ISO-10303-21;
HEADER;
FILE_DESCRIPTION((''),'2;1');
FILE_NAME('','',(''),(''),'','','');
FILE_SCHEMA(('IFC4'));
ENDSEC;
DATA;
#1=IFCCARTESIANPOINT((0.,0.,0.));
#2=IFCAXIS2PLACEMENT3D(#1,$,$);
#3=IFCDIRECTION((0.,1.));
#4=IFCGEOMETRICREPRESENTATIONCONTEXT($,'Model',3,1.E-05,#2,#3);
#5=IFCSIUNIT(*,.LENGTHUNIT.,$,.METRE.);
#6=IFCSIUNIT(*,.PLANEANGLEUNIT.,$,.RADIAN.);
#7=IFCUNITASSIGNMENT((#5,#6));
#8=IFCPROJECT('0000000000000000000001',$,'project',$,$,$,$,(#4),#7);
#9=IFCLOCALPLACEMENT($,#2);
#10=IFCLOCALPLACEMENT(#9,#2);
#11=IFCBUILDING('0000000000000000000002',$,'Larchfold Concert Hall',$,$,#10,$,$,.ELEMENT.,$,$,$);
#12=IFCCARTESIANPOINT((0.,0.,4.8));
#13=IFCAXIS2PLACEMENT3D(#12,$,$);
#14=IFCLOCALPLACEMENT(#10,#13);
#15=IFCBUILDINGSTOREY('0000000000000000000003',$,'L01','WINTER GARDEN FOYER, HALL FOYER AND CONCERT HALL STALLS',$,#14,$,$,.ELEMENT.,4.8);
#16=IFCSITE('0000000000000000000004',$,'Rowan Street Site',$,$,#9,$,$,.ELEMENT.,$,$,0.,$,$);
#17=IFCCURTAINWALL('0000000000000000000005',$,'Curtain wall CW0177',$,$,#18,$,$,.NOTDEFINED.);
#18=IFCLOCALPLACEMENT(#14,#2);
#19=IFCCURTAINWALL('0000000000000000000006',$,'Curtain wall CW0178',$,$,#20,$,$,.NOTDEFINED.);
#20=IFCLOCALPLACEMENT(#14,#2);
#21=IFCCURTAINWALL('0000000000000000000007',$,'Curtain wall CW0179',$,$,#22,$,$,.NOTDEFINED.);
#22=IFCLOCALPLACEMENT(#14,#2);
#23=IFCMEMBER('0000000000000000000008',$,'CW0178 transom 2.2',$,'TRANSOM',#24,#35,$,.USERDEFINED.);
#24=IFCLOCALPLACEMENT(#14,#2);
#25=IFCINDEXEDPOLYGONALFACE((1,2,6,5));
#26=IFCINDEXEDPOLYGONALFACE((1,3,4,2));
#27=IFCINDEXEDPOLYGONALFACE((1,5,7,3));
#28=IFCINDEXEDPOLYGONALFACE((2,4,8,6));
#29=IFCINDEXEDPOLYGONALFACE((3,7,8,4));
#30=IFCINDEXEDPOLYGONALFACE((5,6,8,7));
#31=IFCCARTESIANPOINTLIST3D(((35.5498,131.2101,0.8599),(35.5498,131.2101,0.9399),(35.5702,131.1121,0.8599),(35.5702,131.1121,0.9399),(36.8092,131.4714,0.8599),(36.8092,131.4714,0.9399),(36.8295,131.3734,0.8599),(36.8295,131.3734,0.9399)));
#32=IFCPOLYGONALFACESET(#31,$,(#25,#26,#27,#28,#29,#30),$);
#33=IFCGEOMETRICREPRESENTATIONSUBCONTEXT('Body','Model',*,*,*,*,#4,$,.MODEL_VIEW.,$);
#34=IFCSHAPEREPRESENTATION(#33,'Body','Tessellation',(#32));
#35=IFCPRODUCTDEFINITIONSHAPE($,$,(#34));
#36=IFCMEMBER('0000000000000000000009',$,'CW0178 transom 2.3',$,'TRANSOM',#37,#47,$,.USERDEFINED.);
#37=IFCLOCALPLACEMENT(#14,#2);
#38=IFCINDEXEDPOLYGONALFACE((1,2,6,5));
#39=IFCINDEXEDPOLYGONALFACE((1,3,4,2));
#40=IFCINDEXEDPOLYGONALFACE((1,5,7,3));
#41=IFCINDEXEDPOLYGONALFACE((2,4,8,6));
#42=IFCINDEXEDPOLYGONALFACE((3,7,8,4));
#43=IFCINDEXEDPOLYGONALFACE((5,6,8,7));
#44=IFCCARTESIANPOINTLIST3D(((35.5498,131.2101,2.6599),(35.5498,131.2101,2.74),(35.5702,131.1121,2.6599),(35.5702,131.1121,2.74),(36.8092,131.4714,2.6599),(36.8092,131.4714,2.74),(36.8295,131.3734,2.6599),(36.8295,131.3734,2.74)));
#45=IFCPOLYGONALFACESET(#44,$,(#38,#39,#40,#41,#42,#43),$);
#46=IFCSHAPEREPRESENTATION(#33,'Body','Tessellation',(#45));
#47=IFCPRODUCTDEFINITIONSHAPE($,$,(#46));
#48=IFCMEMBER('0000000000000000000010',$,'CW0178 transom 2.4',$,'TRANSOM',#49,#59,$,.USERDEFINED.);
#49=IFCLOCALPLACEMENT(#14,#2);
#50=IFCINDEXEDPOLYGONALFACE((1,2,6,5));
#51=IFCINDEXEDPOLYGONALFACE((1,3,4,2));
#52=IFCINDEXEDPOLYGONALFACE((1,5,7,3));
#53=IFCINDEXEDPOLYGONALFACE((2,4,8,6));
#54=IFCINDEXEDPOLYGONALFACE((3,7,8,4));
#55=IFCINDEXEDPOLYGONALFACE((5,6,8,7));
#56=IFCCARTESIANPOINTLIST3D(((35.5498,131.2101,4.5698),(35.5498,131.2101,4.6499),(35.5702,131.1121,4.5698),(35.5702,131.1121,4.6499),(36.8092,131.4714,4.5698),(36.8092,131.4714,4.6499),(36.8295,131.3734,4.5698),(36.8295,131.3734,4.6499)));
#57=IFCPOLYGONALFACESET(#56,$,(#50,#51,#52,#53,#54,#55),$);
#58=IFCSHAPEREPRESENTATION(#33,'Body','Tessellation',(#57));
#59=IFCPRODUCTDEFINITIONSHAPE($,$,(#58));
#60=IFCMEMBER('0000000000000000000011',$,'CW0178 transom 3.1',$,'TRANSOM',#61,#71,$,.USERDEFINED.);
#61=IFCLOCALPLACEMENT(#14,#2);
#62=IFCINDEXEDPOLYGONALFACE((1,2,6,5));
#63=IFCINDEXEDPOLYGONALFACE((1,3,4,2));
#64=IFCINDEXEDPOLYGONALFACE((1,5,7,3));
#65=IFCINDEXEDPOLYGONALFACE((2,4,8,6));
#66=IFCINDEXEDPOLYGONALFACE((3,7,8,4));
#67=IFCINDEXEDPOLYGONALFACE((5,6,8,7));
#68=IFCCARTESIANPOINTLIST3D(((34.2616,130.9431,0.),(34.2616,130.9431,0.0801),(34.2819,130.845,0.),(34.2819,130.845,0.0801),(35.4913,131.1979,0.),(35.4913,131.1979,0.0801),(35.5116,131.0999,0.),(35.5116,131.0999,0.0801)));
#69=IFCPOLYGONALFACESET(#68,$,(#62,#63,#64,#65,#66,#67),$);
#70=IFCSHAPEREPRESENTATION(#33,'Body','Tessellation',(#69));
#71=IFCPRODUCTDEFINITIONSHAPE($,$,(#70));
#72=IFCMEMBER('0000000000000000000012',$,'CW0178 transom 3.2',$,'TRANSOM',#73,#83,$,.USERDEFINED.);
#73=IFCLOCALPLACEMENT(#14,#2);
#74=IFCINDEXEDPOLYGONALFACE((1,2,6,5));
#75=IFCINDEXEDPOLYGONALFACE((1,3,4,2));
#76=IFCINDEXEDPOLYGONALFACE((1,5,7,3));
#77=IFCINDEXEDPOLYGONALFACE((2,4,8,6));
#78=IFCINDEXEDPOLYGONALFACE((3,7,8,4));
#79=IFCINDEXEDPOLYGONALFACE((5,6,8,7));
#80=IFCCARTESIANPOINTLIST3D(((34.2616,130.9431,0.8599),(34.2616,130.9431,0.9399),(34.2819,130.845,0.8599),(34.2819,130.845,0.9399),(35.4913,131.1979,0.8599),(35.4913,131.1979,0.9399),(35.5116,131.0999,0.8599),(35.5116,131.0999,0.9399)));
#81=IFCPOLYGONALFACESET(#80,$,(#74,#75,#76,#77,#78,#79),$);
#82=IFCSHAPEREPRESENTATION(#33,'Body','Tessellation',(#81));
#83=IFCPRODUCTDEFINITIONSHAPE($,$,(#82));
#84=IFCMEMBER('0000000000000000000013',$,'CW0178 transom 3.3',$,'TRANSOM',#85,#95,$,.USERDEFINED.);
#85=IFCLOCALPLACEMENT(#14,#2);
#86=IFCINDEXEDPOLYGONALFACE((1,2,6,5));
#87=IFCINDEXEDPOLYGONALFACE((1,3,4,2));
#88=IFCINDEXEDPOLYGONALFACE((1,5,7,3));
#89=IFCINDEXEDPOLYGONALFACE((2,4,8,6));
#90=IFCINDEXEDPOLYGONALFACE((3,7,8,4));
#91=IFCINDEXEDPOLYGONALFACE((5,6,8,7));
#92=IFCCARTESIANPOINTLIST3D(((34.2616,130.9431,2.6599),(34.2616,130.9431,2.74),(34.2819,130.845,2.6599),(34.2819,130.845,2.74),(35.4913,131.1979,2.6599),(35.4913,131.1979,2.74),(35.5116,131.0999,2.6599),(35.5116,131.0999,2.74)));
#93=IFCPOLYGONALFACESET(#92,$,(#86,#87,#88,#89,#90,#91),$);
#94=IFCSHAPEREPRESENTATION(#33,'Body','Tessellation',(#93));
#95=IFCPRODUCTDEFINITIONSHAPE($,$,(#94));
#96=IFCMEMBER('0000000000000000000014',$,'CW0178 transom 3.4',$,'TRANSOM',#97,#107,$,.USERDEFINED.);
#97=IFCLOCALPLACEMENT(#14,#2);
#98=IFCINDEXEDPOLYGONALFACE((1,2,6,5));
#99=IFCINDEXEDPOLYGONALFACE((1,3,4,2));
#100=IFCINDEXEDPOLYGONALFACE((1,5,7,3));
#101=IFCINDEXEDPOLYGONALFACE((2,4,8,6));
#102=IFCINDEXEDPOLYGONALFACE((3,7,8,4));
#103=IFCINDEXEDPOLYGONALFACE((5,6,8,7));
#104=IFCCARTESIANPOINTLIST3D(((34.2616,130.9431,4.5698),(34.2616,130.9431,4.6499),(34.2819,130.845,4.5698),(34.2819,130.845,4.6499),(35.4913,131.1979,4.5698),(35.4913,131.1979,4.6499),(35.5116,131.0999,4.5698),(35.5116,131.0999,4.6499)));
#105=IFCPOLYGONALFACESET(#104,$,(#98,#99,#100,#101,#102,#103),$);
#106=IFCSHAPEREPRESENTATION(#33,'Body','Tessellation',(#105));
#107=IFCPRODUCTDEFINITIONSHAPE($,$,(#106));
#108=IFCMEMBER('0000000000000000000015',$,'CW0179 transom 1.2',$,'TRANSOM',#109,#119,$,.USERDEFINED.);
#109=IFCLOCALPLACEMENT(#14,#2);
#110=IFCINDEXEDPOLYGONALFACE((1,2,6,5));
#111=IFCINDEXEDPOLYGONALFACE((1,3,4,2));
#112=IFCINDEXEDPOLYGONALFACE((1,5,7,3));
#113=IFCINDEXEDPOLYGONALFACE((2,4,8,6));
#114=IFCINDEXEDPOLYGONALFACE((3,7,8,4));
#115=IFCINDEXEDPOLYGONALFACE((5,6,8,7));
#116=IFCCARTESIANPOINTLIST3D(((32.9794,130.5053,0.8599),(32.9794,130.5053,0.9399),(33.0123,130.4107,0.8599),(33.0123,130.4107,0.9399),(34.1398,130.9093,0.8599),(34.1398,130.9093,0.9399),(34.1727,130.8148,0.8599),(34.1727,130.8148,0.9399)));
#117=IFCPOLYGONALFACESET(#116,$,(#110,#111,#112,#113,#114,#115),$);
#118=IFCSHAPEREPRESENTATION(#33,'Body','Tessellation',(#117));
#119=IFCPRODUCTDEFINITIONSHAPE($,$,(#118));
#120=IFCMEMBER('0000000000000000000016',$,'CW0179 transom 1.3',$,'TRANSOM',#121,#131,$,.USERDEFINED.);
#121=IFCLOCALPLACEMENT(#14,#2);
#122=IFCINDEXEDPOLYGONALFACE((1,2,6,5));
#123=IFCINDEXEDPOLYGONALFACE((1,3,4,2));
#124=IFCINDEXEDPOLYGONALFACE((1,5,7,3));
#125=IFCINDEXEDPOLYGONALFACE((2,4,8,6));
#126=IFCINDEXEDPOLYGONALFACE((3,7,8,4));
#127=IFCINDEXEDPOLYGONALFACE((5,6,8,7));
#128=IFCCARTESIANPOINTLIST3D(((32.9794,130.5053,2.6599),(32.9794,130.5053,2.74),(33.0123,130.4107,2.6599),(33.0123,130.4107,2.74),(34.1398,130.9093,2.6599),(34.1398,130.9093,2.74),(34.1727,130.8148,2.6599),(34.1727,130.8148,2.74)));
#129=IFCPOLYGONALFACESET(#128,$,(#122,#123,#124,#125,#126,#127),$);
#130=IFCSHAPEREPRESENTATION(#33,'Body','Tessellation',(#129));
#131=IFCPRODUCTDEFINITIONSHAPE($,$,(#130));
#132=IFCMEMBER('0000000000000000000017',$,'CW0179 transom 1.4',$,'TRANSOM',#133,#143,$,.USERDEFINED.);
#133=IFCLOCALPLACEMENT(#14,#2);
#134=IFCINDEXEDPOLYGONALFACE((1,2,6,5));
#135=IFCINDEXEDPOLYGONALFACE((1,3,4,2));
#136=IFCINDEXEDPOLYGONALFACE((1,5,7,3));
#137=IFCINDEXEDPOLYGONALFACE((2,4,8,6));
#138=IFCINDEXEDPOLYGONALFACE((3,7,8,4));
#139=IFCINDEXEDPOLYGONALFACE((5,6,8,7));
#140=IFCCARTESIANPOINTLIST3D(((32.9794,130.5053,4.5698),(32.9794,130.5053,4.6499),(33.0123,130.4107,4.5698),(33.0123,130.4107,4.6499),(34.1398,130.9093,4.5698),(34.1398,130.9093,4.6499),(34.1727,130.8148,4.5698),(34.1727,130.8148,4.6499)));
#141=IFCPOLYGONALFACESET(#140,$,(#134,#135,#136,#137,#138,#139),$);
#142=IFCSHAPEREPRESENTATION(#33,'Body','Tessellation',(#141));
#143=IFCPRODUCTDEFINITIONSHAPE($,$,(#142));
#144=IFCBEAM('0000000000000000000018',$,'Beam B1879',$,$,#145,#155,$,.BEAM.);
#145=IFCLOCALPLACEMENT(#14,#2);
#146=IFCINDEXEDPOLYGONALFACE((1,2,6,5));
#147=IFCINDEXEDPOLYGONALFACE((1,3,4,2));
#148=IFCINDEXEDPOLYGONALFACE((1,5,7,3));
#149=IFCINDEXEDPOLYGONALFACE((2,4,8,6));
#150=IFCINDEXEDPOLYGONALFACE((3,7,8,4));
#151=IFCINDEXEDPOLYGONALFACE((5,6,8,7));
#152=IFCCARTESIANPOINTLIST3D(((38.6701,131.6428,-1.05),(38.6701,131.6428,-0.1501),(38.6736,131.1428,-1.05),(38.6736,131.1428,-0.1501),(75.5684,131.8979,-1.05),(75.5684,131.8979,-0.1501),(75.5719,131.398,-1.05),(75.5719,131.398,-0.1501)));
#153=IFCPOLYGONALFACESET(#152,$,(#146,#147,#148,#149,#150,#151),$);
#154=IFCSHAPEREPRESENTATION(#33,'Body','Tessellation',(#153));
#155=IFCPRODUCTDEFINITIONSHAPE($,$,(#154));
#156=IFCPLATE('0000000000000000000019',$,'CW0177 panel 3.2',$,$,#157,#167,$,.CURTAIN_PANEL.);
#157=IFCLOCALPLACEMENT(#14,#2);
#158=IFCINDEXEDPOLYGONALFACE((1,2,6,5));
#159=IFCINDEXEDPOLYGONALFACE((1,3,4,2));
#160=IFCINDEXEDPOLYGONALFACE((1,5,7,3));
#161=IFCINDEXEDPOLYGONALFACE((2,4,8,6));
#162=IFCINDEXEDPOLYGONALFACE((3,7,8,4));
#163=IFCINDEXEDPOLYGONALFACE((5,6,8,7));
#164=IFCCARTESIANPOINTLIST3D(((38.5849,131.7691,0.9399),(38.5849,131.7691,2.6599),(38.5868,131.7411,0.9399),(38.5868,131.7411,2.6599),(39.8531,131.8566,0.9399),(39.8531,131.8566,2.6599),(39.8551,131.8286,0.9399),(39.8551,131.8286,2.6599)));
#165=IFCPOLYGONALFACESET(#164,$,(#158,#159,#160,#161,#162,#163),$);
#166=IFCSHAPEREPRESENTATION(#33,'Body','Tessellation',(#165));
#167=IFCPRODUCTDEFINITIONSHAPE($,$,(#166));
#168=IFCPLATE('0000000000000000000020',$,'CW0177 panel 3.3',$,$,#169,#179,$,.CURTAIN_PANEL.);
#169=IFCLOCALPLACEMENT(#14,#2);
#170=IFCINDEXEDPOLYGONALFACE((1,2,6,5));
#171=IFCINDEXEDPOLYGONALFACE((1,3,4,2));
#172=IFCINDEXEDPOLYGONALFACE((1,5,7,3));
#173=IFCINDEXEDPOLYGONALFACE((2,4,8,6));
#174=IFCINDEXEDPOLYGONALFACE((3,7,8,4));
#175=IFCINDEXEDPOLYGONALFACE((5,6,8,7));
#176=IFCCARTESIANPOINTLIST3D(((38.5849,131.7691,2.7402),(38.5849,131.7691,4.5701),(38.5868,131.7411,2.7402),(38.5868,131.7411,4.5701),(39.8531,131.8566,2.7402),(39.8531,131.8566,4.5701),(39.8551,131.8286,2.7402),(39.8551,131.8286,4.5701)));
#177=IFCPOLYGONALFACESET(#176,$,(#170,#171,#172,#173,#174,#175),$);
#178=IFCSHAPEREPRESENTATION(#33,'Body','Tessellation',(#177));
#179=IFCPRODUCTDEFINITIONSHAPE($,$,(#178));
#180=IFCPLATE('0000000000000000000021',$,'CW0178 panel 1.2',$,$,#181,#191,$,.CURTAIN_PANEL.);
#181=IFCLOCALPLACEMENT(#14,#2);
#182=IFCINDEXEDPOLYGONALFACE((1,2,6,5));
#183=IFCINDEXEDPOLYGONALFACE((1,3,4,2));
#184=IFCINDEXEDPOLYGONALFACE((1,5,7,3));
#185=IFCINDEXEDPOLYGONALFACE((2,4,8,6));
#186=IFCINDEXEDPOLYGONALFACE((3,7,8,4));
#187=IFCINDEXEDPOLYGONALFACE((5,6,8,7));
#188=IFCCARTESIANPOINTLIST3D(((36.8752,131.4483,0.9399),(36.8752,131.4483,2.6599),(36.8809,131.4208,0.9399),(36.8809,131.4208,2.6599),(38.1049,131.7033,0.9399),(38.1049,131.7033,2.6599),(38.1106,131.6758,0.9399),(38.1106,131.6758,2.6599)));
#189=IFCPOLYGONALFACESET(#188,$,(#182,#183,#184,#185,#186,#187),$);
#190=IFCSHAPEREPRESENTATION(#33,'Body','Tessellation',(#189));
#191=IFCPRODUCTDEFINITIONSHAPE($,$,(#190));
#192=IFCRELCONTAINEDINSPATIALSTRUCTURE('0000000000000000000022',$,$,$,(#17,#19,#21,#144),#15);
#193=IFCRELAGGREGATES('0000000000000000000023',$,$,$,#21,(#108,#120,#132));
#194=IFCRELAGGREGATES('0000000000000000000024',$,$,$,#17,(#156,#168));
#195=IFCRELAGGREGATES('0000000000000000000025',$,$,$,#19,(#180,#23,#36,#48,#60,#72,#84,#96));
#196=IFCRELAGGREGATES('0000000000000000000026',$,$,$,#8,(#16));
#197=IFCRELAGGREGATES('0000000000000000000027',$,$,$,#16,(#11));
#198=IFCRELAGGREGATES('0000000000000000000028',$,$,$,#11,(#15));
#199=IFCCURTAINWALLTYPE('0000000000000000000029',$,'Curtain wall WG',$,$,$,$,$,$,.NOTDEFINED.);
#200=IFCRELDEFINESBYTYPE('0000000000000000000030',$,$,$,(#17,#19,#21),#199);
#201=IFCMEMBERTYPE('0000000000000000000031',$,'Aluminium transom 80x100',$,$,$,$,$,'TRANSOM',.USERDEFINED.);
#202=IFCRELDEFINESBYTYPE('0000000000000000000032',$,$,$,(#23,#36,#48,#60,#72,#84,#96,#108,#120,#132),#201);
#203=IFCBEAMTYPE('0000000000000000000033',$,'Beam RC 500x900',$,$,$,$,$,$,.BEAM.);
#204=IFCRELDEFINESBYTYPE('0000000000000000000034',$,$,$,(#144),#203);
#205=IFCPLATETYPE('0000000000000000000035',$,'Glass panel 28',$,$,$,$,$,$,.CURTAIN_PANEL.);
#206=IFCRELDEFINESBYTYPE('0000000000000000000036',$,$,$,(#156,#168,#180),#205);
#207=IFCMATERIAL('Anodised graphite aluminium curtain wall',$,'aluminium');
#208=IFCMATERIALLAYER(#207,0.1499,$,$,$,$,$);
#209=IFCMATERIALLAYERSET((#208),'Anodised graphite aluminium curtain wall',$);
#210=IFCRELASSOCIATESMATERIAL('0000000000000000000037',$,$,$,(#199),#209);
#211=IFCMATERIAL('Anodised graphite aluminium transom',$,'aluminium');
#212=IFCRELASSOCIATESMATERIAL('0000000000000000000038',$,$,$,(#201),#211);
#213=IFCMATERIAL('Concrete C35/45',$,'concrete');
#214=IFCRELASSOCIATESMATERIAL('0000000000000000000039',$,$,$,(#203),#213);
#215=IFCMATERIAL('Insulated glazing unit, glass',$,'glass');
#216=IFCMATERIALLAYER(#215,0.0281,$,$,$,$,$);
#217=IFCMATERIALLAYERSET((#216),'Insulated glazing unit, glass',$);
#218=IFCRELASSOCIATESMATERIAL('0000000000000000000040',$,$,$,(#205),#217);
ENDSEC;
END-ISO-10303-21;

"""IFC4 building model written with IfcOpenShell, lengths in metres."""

from ifc_helpers import new_model, si_unit, direction, frame, origin, origin_2d, place, context, subcontext, project, spatial, rectangle, extrude, material, layer, layer_set, material_profile, profile_set, type_object, element, aggregate, save


model = new_model("IFC4")

# Units and contexts
model_context = context("Model", 3, precision=1e-05, world=origin(), true_north=direction((0.0, 1.0)))
body_context = subcontext(model_context, "Body", "Model", "MODEL_VIEW")
ifc_project = project(units=[si_unit("LENGTHUNIT", "METRE"), si_unit("PLANEANGLEUNIT", "RADIAN")], contexts=[model_context])

# Site, building, storey
site_placement = place(None, origin())
site = spatial("IfcSite", under=ifc_project, at=site_placement, Name="Rowan Street Site", CompositionType="ELEMENT", RefElevation=0.0)
building_placement = place(site_placement, origin())
building = spatial("IfcBuilding", under=site, at=building_placement, Name="Larchfold Concert Hall", CompositionType="ELEMENT")
storey_placement = place(building_placement, frame((0.0, 0.0, 4.8)))
storey = spatial("IfcBuildingStorey", under=building, at=storey_placement, Name="L01", Description="WINTER GARDEN FOYER, HALL FOYER AND CONCERT HALL STALLS", CompositionType="ELEMENT", Elevation=4.8)

# Curtain wall
ifc_material_1 = material(Name="Anodised graphite aluminium curtain wall", Category="aluminium")
ifc_layer_1 = layer(ifc_material_1, 0.1499)
ifc_layer_set_1 = layer_set([ifc_layer_1], Name="Anodised graphite aluminium curtain wall")
curtain_wall_type = type_object("IfcCurtainWallType", Name="Curtain wall WG", PredefinedType="NOTDEFINED", material=ifc_layer_set_1)
curtain_wall_1_placement = place(storey_placement, origin())
curtain_wall_1 = element("IfcCurtainWall", 1, at=curtain_wall_1_placement, inside=storey, type_object=curtain_wall_type, Name="Curtain wall CW0177", PredefinedType="NOTDEFINED")

# Curtain wall
curtain_wall_2_placement = place(storey_placement, origin())
curtain_wall_2 = element("IfcCurtainWall", 2, at=curtain_wall_2_placement, inside=storey, type_object=curtain_wall_type, Name="Curtain wall CW0178", PredefinedType="NOTDEFINED")

# Curtain wall
curtain_wall_3_placement = place(storey_placement, origin())
curtain_wall_3 = element("IfcCurtainWall", 3, at=curtain_wall_3_placement, inside=storey, type_object=curtain_wall_type, Name="Curtain wall CW0179", PredefinedType="NOTDEFINED")

# Members
ifc_material_2 = material(Name="Anodised graphite aluminium transom", Category="aluminium")
ifc_material_profile_1 = material_profile(ifc_material_2, rectangle(XDim=0.1001, YDim=0.0801, at=origin_2d()))
ifc_profile_set_1 = profile_set([ifc_material_profile_1], Name="Anodised graphite aluminium transom")
member_type_1 = type_object("IfcMemberType", Name="Aluminium transom 80x100", ElementType="TRANSOM", PredefinedType="USERDEFINED", material=ifc_profile_set_1)
member_1_placement = place(storey_placement, frame((36.8193, 131.4224, 0.8999), z_axis=(-0.979154, -0.20312, 0.0), x_axis=(0.20312, -0.979154, 0.0)))
member_1 = element("IfcMember", 4, at=member_1_placement, type_object=member_type_1, Name="CW0178 transom 2.2", ObjectType="TRANSOM", PredefinedType="USERDEFINED", context=body_context, shape_type="SweptSolid", body=[
    extrude(rectangle(XDim=0.1001, YDim=0.0801, at=origin_2d()), origin(), (0.0, 0.0, 1.0), 1.2861),
])
member_2_placement = place(storey_placement, frame((36.8193, 131.4224, 2.7), z_axis=(-0.979154, -0.20312, 0.0), x_axis=(0.20312, -0.979154, 0.0)))
member_2 = element("IfcMember", 5, at=member_2_placement, type_object=member_type_1, Name="CW0178 transom 2.3", ObjectType="TRANSOM", PredefinedType="USERDEFINED", context=body_context, shape_type="SweptSolid", body=[
    extrude(rectangle(XDim=0.1001, YDim=0.0801, at=origin_2d()), origin(), (0.0, 0.0, 1.0), 1.2861),
])
member_3_placement = place(storey_placement, frame((36.8193, 131.4224, 4.6099), z_axis=(-0.979154, -0.20312, 0.0), x_axis=(0.20312, -0.979154, 0.0)))
member_3 = element("IfcMember", 6, at=member_3_placement, type_object=member_type_1, Name="CW0178 transom 2.4", ObjectType="TRANSOM", PredefinedType="USERDEFINED", context=body_context, shape_type="SweptSolid", body=[
    extrude(rectangle(XDim=0.1001, YDim=0.0801, at=origin_2d()), origin(), (0.0, 0.0, 1.0), 1.2861),
])
member_4_placement = place(storey_placement, frame((35.5015, 131.1489, 0.04), z_axis=(-0.979189, -0.202953, 0.0), x_axis=(0.202953, -0.979189, 0.0)))
member_4 = element("IfcMember", 7, at=member_4_placement, type_object=member_type_1, Name="CW0178 transom 3.1", ObjectType="TRANSOM", PredefinedType="USERDEFINED", context=body_context, shape_type="SweptSolid", body=[
    extrude(rectangle(XDim=0.1001, YDim=0.0801, at=origin_2d()), origin(), (0.0, 0.0, 1.0), 1.2559),
])
member_5_placement = place(storey_placement, frame((35.5015, 131.1489, 0.8999), z_axis=(-0.979189, -0.202953, 0.0), x_axis=(0.202953, -0.979189, 0.0)))
member_5 = element("IfcMember", 8, at=member_5_placement, type_object=member_type_1, Name="CW0178 transom 3.2", ObjectType="TRANSOM", PredefinedType="USERDEFINED", context=body_context, shape_type="SweptSolid", body=[
    extrude(rectangle(XDim=0.1001, YDim=0.0801, at=origin_2d()), origin(), (0.0, 0.0, 1.0), 1.2559),
])
member_6_placement = place(storey_placement, frame((35.5015, 131.1489, 2.7), z_axis=(-0.979189, -0.202953, 0.0), x_axis=(0.202953, -0.979189, 0.0)))
member_6 = element("IfcMember", 9, at=member_6_placement, type_object=member_type_1, Name="CW0178 transom 3.3", ObjectType="TRANSOM", PredefinedType="USERDEFINED", context=body_context, shape_type="SweptSolid", body=[
    extrude(rectangle(XDim=0.1001, YDim=0.0801, at=origin_2d()), origin(), (0.0, 0.0, 1.0), 1.2559),
])
member_7_placement = place(storey_placement, frame((35.5015, 131.1489, 4.6099), z_axis=(-0.979189, -0.202953, 0.0), x_axis=(0.202953, -0.979189, 0.0)))
member_7 = element("IfcMember", 10, at=member_7_placement, type_object=member_type_1, Name="CW0178 transom 3.4", ObjectType="TRANSOM", PredefinedType="USERDEFINED", context=body_context, shape_type="SweptSolid", body=[
    extrude(rectangle(XDim=0.1001, YDim=0.0801, at=origin_2d()), origin(), (0.0, 0.0, 1.0), 1.2559),
])
member_8_placement = place(storey_placement, frame((34.1562, 130.8621, 0.8999), z_axis=(-0.944387, -0.328837, 0.0), x_axis=(0.328837, -0.944387, 0.0)))
member_8 = element("IfcMember", 11, at=member_8_placement, type_object=member_type_1, Name="CW0179 transom 1.2", ObjectType="TRANSOM", PredefinedType="USERDEFINED", context=body_context, shape_type="SweptSolid", body=[
    extrude(rectangle(XDim=0.1001, YDim=0.0801, at=origin_2d()), origin(), (0.0, 0.0, 1.0), 1.2288),
])
member_9_placement = place(storey_placement, frame((34.1562, 130.8621, 2.7), z_axis=(-0.944387, -0.328837, 0.0), x_axis=(0.328837, -0.944387, 0.0)))
member_9 = element("IfcMember", 12, at=member_9_placement, type_object=member_type_1, Name="CW0179 transom 1.3", ObjectType="TRANSOM", PredefinedType="USERDEFINED", context=body_context, shape_type="SweptSolid", body=[
    extrude(rectangle(XDim=0.1001, YDim=0.0801, at=origin_2d()), origin(), (0.0, 0.0, 1.0), 1.2288),
])
member_10_placement = place(storey_placement, frame((34.1562, 130.8621, 4.6099), z_axis=(-0.944387, -0.328837, 0.0), x_axis=(0.328837, -0.944387, 0.0)))
member_10 = element("IfcMember", 13, at=member_10_placement, type_object=member_type_1, Name="CW0179 transom 1.4", ObjectType="TRANSOM", PredefinedType="USERDEFINED", context=body_context, shape_type="SweptSolid", body=[
    extrude(rectangle(XDim=0.1001, YDim=0.0801, at=origin_2d()), origin(), (0.0, 0.0, 1.0), 1.2288),
])
aggregate(curtain_wall_3, [member_8, member_9, member_10])

# Beam
ifc_material_3 = material(Name="Concrete C35/45", Category="concrete")
ifc_material_profile_2 = material_profile(ifc_material_3, rectangle(XDim=0.5, YDim=0.8999, at=origin_2d()))
ifc_profile_set_2 = profile_set([ifc_material_profile_2], Name="Concrete C35/45")
beam_type = type_object("IfcBeamType", Name="Beam RC 500x900", PredefinedType="BEAM", material=ifc_profile_set_2)
beam_placement = place(storey_placement, frame((38.6719, 131.3928, -0.6001), z_axis=(0.999976, 0.006914, 0.0), x_axis=(-0.006914, 0.999976, 0.0)))
element("IfcBeam", 14, at=beam_placement, inside=storey, type_object=beam_type, Name="Beam B1879", PredefinedType="BEAM", context=body_context, shape_type="SweptSolid", body=[
    extrude(rectangle(XDim=0.5, YDim=0.8999, at=origin_2d()), origin(), (0.0, 0.0, 1.0), 36.8992),
])

# Plates
ifc_material_4 = material(Name="Insulated glazing unit, glass", Category="glass")
ifc_layer_2 = layer(ifc_material_4, 0.0281)
ifc_layer_set_2 = layer_set([ifc_layer_2], Name="Insulated glazing unit, glass")
plate_type_1 = type_object("IfcPlateType", Name="Glass panel 28", PredefinedType="CURTAIN_PANEL", material=ifc_layer_set_2)
plate_1_placement = place(storey_placement, frame((39.22, 131.7988, 0.9399), z_axis=(0.0, 0.0, 1.0), x_axis=(-0.99763, -0.068808, 0.0)))
plate_1 = element("IfcPlate", 15, at=plate_1_placement, type_object=plate_type_1, Name="CW0177 panel 3.2", PredefinedType="CURTAIN_PANEL", context=body_context, shape_type="SweptSolid", body=[
    extrude(rectangle(XDim=1.2712, YDim=0.0281, at=origin_2d()), origin(), (0.0, 0.0, 1.0), 1.72),
])
plate_2_placement = place(storey_placement, frame((39.22, 131.7988, 2.7402), z_axis=(0.0, 0.0, 1.0), x_axis=(-0.99763, -0.068808, 0.0)))
plate_2 = element("IfcPlate", 16, at=plate_2_placement, type_object=plate_type_1, Name="CW0177 panel 3.3", PredefinedType="CURTAIN_PANEL", context=body_context, shape_type="SweptSolid", body=[
    extrude(rectangle(XDim=1.2712, YDim=0.0281, at=origin_2d()), origin(), (0.0, 0.0, 1.0), 1.8298),
])
plate_3_placement = place(storey_placement, frame((37.4929, 131.562, 0.9399), z_axis=(0.0, 0.0, 1.0), x_axis=(-0.97917, -0.203041, 0.0)))
plate_3 = element("IfcPlate", 17, at=plate_3_placement, type_object=plate_type_1, Name="CW0178 panel 1.2", PredefinedType="CURTAIN_PANEL", context=body_context, shape_type="SweptSolid", body=[
    extrude(rectangle(XDim=1.2559, YDim=0.0281, at=origin_2d()), origin(), (0.0, 0.0, 1.0), 1.72),
])
aggregate(curtain_wall_1, [plate_1, plate_2])
aggregate(curtain_wall_2, [plate_3, member_1, member_2, member_3, member_4, member_5, member_6, member_7])

save(model, "model.ifc")
